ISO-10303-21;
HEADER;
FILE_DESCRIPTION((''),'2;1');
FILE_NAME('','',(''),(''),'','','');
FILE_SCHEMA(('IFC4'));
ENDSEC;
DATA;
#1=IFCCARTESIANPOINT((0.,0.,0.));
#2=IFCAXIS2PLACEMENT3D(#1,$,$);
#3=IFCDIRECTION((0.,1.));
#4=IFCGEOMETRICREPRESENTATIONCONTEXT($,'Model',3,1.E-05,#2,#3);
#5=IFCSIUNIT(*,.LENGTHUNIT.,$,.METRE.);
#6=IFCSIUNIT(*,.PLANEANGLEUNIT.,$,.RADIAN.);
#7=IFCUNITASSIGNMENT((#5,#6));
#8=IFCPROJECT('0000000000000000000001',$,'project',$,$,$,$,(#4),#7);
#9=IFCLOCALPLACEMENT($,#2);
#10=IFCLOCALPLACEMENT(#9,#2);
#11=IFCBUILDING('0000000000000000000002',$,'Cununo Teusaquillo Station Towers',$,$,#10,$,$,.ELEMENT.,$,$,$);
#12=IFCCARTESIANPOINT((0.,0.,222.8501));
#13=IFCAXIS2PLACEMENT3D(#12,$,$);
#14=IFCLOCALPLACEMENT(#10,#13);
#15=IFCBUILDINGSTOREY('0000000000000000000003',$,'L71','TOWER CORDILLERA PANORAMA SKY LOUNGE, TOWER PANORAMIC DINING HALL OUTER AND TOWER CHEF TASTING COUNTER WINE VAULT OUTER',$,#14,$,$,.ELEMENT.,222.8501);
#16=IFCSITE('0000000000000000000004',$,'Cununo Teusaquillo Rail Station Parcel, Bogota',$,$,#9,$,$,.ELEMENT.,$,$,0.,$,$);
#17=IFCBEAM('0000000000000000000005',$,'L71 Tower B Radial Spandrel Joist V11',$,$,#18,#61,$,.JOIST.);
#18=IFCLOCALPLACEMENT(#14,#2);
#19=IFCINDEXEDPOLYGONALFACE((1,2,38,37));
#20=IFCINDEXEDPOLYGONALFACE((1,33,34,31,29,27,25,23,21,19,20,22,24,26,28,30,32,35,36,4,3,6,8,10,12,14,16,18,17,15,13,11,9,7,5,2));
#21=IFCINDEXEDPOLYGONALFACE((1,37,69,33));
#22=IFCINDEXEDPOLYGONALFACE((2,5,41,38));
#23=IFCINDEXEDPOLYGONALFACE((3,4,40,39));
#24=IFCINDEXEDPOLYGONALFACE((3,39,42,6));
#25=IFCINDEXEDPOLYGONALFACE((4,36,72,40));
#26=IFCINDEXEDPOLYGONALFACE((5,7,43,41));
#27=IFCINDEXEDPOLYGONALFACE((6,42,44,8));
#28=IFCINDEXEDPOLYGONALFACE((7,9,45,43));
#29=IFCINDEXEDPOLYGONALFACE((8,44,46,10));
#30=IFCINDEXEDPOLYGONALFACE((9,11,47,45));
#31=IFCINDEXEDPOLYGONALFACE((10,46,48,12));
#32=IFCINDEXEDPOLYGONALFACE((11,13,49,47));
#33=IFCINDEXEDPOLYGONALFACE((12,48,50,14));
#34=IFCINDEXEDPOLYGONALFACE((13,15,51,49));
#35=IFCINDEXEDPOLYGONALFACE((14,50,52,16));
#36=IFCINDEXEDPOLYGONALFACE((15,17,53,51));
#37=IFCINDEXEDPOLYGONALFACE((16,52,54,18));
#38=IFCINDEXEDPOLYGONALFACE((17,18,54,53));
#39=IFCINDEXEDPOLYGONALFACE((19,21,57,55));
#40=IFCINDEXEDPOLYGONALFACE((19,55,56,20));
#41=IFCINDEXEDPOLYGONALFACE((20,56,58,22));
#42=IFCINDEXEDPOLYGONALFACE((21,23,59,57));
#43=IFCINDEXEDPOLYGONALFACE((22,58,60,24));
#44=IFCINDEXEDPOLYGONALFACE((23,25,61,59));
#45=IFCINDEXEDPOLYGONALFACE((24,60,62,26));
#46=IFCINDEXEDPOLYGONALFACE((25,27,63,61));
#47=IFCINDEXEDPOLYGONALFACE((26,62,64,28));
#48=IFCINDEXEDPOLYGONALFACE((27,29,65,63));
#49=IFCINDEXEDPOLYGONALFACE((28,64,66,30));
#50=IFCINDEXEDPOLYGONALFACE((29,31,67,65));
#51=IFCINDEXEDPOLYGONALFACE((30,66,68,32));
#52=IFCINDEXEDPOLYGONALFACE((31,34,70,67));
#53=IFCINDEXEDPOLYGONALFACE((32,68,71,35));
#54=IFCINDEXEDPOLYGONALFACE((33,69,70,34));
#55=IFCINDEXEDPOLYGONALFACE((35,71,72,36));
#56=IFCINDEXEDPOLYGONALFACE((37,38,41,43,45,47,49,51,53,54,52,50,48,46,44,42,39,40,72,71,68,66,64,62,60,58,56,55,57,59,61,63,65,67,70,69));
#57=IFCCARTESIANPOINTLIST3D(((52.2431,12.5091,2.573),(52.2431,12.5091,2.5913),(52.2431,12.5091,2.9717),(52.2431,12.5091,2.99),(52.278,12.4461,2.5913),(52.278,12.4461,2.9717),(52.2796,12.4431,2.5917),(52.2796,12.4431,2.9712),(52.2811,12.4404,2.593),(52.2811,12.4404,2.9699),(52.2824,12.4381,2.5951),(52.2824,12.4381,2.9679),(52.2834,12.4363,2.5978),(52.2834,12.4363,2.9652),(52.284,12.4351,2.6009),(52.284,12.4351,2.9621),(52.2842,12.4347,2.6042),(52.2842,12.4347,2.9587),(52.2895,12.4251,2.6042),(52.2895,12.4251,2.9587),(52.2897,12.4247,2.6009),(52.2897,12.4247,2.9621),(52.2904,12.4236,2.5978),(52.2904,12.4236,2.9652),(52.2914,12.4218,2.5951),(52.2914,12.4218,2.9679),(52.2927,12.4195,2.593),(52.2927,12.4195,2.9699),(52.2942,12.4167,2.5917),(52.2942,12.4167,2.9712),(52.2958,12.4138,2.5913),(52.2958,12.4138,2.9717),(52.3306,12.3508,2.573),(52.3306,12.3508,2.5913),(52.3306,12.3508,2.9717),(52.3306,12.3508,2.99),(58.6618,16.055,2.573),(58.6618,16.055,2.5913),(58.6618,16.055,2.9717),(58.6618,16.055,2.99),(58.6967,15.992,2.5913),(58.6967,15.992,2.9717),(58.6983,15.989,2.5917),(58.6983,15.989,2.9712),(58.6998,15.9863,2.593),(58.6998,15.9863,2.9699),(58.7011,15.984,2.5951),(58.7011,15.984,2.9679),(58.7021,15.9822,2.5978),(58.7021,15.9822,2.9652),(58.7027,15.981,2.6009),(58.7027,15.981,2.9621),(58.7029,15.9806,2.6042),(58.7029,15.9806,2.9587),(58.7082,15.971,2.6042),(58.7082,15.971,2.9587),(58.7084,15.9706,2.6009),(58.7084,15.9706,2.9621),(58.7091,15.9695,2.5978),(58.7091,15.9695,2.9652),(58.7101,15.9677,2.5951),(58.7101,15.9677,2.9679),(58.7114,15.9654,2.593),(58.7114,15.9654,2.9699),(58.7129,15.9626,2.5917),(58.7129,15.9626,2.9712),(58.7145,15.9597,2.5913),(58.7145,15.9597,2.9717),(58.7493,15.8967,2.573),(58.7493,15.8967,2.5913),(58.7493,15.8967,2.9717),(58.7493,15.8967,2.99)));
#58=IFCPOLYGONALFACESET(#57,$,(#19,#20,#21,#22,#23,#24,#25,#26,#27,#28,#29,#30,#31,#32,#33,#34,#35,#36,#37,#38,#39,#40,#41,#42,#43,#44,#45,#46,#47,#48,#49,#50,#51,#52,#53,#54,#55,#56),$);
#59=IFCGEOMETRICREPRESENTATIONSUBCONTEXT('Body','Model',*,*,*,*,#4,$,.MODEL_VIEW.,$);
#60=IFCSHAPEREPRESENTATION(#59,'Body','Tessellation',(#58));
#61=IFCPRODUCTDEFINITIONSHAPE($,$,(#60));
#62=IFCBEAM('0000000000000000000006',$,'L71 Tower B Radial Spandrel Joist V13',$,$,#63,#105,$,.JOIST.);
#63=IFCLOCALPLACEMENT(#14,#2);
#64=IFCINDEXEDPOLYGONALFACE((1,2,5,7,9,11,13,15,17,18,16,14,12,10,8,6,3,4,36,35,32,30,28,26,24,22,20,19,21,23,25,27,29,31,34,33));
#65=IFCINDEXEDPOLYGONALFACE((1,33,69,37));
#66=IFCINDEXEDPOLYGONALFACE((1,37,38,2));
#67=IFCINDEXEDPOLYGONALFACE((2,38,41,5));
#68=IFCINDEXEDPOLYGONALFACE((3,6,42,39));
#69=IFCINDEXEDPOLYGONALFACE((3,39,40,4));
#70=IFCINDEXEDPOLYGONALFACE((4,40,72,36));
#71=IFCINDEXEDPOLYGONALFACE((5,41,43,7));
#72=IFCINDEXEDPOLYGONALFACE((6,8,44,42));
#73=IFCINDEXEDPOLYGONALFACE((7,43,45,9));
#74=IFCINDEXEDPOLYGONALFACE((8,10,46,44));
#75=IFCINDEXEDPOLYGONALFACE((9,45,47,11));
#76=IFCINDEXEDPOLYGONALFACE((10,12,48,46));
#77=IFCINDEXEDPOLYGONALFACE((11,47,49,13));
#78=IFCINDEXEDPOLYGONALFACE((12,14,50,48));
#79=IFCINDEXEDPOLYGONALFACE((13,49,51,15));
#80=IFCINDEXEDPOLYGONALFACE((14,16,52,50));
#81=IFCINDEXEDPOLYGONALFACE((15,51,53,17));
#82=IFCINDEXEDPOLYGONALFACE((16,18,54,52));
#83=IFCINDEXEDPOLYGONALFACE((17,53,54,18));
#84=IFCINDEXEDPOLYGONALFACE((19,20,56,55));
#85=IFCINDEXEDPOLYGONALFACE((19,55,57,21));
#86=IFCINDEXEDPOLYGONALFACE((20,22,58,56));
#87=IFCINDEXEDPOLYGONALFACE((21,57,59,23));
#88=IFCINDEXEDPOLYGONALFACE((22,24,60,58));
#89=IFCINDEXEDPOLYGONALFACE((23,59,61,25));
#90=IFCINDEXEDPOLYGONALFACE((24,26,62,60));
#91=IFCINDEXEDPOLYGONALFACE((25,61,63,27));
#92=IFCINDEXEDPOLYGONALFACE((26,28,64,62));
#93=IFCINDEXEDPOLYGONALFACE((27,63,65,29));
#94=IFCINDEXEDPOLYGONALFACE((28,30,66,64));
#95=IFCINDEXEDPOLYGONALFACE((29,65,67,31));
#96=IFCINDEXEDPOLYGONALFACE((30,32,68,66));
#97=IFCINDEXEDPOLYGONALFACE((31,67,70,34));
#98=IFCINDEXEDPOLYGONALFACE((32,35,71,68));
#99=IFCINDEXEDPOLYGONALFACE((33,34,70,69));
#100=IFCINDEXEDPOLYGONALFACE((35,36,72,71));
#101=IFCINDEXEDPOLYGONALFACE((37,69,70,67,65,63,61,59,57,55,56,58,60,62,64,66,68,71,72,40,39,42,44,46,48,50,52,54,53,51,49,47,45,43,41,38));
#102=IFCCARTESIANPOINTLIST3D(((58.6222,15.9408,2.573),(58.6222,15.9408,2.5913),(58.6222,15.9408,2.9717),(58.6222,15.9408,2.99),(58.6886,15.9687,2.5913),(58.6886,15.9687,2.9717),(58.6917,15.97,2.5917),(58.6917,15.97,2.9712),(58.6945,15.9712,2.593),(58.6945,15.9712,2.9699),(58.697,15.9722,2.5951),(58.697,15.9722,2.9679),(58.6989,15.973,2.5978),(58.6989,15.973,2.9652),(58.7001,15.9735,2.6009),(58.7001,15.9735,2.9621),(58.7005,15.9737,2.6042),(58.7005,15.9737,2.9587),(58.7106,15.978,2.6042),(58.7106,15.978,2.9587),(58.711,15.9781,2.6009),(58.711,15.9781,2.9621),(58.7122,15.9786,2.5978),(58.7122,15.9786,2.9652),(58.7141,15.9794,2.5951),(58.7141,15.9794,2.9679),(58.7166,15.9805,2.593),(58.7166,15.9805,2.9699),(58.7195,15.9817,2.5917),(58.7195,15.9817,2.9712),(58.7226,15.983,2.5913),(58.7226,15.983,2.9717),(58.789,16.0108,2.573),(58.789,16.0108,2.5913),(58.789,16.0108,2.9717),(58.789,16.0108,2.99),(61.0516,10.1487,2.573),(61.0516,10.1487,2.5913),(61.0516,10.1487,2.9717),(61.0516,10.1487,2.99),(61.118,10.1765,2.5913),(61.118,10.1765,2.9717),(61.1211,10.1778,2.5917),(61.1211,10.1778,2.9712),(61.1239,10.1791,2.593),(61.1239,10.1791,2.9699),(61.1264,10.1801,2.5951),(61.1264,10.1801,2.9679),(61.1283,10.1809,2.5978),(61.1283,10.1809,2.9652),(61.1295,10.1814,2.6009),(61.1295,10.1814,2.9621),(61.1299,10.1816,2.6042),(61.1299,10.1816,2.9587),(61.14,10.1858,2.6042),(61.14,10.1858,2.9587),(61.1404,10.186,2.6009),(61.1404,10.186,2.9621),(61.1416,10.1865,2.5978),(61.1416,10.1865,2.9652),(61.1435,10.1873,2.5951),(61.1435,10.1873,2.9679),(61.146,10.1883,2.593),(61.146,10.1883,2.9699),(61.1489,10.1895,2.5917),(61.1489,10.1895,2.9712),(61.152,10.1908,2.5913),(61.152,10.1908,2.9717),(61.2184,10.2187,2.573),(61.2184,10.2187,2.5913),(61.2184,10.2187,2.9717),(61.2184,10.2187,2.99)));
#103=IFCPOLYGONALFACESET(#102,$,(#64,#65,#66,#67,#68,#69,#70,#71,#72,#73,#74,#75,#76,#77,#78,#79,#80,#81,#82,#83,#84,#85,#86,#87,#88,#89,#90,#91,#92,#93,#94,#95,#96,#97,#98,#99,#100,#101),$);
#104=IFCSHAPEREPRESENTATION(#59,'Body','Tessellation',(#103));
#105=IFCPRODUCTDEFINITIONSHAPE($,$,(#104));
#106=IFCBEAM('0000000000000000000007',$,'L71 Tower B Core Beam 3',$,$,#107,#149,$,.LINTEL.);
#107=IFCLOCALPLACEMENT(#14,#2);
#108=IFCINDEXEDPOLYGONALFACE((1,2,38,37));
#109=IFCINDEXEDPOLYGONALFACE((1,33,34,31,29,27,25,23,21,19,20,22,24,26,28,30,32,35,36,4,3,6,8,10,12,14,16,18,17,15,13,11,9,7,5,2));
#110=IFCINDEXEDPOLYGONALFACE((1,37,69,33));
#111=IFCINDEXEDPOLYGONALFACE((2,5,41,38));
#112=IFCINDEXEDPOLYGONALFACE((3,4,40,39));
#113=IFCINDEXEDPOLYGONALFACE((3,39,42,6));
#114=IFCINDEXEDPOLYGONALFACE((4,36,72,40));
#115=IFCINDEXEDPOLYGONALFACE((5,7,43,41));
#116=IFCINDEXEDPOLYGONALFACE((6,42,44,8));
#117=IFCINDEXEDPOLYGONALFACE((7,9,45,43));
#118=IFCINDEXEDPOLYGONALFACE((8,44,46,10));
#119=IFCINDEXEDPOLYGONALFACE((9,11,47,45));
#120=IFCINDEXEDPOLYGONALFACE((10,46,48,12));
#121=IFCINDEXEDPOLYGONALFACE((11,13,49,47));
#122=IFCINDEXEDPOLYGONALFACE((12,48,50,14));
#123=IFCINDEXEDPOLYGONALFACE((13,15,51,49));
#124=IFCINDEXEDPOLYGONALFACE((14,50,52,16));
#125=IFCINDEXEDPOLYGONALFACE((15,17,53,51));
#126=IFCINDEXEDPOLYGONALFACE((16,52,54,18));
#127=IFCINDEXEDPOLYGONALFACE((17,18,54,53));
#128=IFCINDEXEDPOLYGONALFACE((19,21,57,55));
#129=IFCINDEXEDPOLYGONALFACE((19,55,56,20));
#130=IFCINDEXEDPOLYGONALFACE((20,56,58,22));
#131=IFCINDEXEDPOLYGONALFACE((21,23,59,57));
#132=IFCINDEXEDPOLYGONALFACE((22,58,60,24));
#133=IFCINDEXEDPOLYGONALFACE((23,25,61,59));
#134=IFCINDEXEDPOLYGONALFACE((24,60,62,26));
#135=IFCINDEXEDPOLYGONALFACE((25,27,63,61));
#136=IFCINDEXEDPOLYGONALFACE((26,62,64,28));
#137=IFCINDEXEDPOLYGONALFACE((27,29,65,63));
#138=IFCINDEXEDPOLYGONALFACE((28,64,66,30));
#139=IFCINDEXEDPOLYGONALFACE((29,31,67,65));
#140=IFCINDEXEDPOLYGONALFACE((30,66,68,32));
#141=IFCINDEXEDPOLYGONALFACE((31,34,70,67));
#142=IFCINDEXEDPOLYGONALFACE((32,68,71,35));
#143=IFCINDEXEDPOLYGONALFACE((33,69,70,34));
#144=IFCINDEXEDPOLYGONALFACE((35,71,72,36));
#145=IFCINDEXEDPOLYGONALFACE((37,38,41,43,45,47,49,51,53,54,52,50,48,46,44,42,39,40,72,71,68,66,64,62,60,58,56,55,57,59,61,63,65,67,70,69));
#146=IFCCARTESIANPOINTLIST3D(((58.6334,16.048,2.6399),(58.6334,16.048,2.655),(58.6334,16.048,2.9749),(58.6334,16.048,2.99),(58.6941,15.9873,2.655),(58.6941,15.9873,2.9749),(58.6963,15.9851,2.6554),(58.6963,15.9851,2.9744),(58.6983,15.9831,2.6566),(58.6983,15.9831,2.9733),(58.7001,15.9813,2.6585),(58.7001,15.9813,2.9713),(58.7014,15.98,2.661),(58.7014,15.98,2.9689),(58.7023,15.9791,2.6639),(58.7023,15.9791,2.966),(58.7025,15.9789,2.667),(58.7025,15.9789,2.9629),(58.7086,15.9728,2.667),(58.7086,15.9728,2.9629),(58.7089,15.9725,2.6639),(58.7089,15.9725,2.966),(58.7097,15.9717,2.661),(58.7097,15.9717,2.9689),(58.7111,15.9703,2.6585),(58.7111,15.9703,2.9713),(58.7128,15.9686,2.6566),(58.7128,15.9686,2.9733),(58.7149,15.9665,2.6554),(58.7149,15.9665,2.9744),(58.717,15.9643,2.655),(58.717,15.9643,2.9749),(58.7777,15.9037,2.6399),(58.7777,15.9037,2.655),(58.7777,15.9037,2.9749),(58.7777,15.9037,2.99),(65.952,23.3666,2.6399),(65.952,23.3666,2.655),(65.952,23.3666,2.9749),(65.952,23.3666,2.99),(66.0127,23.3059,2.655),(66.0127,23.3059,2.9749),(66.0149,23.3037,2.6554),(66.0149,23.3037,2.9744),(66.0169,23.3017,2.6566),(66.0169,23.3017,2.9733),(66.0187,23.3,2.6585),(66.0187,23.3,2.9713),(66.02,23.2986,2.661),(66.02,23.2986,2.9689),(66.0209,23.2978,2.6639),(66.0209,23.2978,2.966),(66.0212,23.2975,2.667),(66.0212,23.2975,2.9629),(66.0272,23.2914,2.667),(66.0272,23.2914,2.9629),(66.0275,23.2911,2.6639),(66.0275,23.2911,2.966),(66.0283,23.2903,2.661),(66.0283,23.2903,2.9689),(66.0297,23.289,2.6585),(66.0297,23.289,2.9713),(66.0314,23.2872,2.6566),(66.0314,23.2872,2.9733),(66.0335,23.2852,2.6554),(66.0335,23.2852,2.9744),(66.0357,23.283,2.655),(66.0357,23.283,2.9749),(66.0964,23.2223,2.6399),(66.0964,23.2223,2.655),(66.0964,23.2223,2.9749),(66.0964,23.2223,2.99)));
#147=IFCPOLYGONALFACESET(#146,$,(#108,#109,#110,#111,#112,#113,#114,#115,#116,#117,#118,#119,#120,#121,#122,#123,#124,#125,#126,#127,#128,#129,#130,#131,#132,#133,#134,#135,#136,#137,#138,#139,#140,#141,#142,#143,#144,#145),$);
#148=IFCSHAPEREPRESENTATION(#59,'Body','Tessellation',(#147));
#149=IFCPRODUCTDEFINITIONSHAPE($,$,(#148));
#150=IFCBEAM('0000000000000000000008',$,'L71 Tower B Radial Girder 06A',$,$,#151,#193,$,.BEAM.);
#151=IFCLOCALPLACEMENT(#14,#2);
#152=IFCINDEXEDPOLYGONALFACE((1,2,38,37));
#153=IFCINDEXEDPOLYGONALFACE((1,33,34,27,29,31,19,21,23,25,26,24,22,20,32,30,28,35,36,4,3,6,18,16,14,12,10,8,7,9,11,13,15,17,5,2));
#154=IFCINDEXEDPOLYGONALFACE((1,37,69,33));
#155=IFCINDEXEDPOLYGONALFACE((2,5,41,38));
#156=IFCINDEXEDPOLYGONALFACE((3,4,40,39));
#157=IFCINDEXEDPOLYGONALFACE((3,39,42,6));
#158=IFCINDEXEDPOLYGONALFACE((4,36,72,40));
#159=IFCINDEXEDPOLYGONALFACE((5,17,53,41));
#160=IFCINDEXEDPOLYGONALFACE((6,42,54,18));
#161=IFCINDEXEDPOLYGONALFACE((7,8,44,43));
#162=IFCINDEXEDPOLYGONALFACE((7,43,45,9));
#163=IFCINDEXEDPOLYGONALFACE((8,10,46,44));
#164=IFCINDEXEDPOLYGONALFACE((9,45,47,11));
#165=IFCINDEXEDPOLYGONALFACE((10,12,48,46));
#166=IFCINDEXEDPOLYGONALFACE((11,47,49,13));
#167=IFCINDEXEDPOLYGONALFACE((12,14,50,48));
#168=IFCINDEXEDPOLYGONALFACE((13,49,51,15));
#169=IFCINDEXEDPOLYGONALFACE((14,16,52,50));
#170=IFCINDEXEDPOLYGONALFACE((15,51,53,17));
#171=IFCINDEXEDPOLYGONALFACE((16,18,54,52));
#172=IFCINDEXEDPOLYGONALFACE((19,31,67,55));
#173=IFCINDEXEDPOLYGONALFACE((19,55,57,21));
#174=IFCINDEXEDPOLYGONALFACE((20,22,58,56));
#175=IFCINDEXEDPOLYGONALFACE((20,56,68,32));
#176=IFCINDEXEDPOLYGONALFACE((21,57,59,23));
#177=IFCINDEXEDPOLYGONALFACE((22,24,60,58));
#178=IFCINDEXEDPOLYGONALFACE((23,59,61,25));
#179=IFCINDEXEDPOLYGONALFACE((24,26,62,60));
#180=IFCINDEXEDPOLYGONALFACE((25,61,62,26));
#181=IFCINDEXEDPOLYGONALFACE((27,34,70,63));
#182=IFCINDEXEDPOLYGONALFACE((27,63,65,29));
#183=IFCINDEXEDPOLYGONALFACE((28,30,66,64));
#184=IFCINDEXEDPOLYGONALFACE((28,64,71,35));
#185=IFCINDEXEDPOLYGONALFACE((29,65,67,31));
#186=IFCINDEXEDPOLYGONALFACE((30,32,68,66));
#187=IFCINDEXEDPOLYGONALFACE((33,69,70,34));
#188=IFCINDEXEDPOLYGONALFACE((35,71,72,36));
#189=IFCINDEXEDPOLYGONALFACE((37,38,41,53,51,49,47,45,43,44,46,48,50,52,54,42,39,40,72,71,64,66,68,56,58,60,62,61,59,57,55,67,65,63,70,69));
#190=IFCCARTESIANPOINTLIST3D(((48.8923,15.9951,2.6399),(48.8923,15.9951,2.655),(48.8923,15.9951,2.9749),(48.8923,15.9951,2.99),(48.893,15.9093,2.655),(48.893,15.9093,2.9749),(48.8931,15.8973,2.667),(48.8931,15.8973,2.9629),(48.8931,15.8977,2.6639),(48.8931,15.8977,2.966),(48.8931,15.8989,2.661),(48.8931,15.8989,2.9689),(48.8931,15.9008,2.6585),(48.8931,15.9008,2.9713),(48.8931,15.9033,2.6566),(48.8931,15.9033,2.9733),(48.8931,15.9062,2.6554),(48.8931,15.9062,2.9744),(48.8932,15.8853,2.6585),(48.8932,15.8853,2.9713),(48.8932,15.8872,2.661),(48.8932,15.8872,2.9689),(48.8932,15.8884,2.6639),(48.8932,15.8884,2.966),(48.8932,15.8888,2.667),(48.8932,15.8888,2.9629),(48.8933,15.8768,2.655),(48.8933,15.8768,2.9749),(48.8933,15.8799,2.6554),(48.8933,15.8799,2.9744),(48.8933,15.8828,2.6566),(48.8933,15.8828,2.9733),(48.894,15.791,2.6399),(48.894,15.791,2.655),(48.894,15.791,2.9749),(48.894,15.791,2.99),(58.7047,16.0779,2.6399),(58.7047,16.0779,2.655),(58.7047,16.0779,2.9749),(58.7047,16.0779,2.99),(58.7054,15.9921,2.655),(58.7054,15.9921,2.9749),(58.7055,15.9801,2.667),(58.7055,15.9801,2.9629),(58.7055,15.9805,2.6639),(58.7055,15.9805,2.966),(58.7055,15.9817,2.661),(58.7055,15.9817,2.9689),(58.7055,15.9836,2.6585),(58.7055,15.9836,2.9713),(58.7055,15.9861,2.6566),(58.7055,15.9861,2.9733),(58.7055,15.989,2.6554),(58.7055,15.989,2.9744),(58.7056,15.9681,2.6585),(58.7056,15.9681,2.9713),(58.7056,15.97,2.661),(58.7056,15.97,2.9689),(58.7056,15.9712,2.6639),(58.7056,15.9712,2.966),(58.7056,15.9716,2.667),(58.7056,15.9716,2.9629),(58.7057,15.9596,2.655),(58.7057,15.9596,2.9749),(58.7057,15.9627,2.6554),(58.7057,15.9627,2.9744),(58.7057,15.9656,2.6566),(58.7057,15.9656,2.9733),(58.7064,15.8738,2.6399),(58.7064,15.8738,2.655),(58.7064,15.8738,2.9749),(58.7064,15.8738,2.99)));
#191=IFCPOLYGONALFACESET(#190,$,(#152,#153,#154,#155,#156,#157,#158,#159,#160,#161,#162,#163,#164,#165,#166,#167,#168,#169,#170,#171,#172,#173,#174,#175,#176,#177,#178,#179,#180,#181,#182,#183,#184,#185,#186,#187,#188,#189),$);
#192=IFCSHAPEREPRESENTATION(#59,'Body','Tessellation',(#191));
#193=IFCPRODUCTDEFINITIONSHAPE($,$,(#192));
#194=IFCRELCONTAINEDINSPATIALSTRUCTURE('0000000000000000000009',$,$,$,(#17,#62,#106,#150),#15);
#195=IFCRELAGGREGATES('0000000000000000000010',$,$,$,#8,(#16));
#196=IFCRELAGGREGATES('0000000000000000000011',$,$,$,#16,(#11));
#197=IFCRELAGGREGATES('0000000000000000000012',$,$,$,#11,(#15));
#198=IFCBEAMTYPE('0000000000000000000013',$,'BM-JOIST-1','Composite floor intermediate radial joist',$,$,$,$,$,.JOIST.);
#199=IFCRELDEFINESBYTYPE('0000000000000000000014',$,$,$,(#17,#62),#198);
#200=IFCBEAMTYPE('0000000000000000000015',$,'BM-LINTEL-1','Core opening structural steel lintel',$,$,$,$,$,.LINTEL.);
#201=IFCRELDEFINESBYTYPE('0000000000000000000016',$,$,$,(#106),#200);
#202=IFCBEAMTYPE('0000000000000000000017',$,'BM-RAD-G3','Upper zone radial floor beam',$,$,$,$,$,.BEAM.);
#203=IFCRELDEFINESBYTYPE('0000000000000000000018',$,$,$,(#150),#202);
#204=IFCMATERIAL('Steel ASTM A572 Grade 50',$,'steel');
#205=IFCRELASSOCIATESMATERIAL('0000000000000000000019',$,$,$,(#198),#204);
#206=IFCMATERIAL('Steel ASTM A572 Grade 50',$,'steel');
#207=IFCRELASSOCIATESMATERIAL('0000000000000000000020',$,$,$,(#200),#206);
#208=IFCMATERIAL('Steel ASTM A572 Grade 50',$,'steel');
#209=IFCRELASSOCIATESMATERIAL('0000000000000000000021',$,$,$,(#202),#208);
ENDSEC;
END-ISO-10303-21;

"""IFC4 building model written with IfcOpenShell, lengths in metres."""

from ifc_helpers import new_model, si_unit, direction, frame, origin, origin_2d, place, context, subcontext, project, spatial, i_section, extrude, material, material_profile, profile_set, type_object, element, save


model = new_model("IFC4")

# Units and contexts
model_context = context("Model", 3, precision=1e-05, world=origin(), true_north=direction((0.0, 1.0)))
body_context = subcontext(model_context, "Body", "Model", "MODEL_VIEW")
ifc_project = project(units=[si_unit("LENGTHUNIT", "METRE"), si_unit("PLANEANGLEUNIT", "RADIAN")], contexts=[model_context])

# Site, building, storey
site_placement = place(None, origin())
site = spatial("IfcSite", under=ifc_project, at=site_placement, Name="Cununo Teusaquillo Rail Station Parcel, Bogota", CompositionType="ELEMENT", RefElevation=0.0)
building_placement = place(site_placement, origin())
building = spatial("IfcBuilding", under=site, at=building_placement, Name="Cununo Teusaquillo Station Towers", CompositionType="ELEMENT")
storey_placement = place(building_placement, frame((0.0, 0.0, 222.8501)))
storey = spatial("IfcBuildingStorey", under=building, at=storey_placement, Name="L71", Description="TOWER CORDILLERA PANORAMA SKY LOUNGE, TOWER PANORAMIC DINING HALL OUTER AND TOWER CHEF TASTING COUNTER WINE VAULT OUTER", CompositionType="ELEMENT", Elevation=222.8501)

# Beams
ifc_material_1 = material(Name="Steel ASTM A572 Grade 50", Category="steel")
ifc_material_profile_1 = material_profile(ifc_material_1, i_section(OverallWidth=0.1809, OverallDepth=0.417, WebThickness=0.011, FlangeThickness=0.0183, FilletRadius=0.0129, at=origin_2d()), Name="W16X57")
ifc_profile_set_1 = profile_set([ifc_material_profile_1], Name="Steel ASTM A572 Grade 50")
beam_type_1 = type_object("IfcBeamType", Name="BM-JOIST-1", Description="Composite floor intermediate radial joist", PredefinedType="JOIST", material=ifc_profile_set_1)
beam_1_placement = place(storey_placement, frame((58.7056, 15.9758, 2.7815), z_axis=(-0.875315, -0.483553, 0.0), x_axis=(0.483553, -0.875315, 0.0)))
element("IfcBeam", 1, at=beam_1_placement, inside=storey, type_object=beam_type_1, Name="L71 Tower B Radial Spandrel Joist V11", PredefinedType="JOIST", context=body_context, shape_type="SweptSolid", body=[
    extrude(i_section(OverallWidth=0.1809, OverallDepth=0.417, WebThickness=0.011, FlangeThickness=0.0183, FilletRadius=0.0129, at=origin_2d()), origin(), (0.0, 0.0, 1.0), 7.333),
])
beam_2_placement = place(storey_placement, frame((58.7056, 15.9758, 2.7815), z_axis=(0.386786, -0.922169, 0.0), x_axis=(0.922169, 0.386786, 0.0)))
element("IfcBeam", 2, at=beam_2_placement, inside=storey, type_object=beam_type_1, Name="L71 Tower B Radial Spandrel Joist V13", PredefinedType="JOIST", context=body_context, shape_type="SweptSolid", body=[
    extrude(i_section(OverallWidth=0.1809, OverallDepth=0.417, WebThickness=0.011, FlangeThickness=0.0183, FilletRadius=0.0129, at=origin_2d()), origin(), (0.0, 0.0, 1.0), 6.281),
])
ifc_material_2 = material(Name="Steel ASTM A572 Grade 50", Category="steel")
ifc_material_profile_2 = material_profile(ifc_material_2, i_section(OverallWidth=0.2041, OverallDepth=0.3501, WebThickness=0.0085, FlangeThickness=0.0151, FilletRadius=0.012, at=origin_2d()), Name="W14X48")
ifc_profile_set_2 = profile_set([ifc_material_profile_2], Name="Steel ASTM A572 Grade 50")
beam_type_2 = type_object("IfcBeamType", Name="BM-LINTEL-1", Description="Core opening structural steel lintel", PredefinedType="LINTEL", material=ifc_profile_set_2)
beam_3_placement = place(storey_placement, frame((58.7056, 15.9758, 2.8149), z_axis=(0.707107, 0.707107, 0.0), x_axis=(-0.707107, 0.707107, 0.0)))
element("IfcBeam", 3, at=beam_3_placement, inside=storey, type_object=beam_type_2, Name="L71 Tower B Core Beam 3", PredefinedType="LINTEL", context=body_context, shape_type="SweptSolid", body=[
    extrude(i_section(OverallWidth=0.2041, OverallDepth=0.3501, WebThickness=0.0085, FlangeThickness=0.0151, FilletRadius=0.012, at=origin_2d()), origin(), (0.0, 0.0, 1.0), 10.3501),
])
ifc_material_3 = material(Name="Steel ASTM A572 Grade 50", Category="steel")
ifc_material_profile_3 = material_profile(ifc_material_3, i_section(OverallWidth=0.2041, OverallDepth=0.3501, WebThickness=0.0085, FlangeThickness=0.0151, FilletRadius=0.012, at=origin_2d()), Name="W14X48")
ifc_profile_set_3 = profile_set([ifc_material_profile_3], Name="Steel ASTM A572 Grade 50")
beam_type_3 = type_object("IfcBeamType", Name="BM-RAD-G3", Description="Upper zone radial floor beam", PredefinedType="BEAM", material=ifc_profile_set_3)
beam_4_placement = place(storey_placement, frame((58.7056, 15.9758, 2.8149), z_axis=(-0.999964, -0.008434, 0.0), x_axis=(0.008434, -0.999964, 0.0)))
element("IfcBeam", 4, at=beam_4_placement, inside=storey, type_object=beam_type_3, Name="L71 Tower B Radial Girder 06A", PredefinedType="BEAM", context=body_context, shape_type="SweptSolid", body=[
    extrude(i_section(OverallWidth=0.2041, OverallDepth=0.3501, WebThickness=0.0085, FlangeThickness=0.0151, FilletRadius=0.012, at=origin_2d()), origin(), (0.0, 0.0, 1.0), 9.8127),
])

save(model, "model.ifc")
